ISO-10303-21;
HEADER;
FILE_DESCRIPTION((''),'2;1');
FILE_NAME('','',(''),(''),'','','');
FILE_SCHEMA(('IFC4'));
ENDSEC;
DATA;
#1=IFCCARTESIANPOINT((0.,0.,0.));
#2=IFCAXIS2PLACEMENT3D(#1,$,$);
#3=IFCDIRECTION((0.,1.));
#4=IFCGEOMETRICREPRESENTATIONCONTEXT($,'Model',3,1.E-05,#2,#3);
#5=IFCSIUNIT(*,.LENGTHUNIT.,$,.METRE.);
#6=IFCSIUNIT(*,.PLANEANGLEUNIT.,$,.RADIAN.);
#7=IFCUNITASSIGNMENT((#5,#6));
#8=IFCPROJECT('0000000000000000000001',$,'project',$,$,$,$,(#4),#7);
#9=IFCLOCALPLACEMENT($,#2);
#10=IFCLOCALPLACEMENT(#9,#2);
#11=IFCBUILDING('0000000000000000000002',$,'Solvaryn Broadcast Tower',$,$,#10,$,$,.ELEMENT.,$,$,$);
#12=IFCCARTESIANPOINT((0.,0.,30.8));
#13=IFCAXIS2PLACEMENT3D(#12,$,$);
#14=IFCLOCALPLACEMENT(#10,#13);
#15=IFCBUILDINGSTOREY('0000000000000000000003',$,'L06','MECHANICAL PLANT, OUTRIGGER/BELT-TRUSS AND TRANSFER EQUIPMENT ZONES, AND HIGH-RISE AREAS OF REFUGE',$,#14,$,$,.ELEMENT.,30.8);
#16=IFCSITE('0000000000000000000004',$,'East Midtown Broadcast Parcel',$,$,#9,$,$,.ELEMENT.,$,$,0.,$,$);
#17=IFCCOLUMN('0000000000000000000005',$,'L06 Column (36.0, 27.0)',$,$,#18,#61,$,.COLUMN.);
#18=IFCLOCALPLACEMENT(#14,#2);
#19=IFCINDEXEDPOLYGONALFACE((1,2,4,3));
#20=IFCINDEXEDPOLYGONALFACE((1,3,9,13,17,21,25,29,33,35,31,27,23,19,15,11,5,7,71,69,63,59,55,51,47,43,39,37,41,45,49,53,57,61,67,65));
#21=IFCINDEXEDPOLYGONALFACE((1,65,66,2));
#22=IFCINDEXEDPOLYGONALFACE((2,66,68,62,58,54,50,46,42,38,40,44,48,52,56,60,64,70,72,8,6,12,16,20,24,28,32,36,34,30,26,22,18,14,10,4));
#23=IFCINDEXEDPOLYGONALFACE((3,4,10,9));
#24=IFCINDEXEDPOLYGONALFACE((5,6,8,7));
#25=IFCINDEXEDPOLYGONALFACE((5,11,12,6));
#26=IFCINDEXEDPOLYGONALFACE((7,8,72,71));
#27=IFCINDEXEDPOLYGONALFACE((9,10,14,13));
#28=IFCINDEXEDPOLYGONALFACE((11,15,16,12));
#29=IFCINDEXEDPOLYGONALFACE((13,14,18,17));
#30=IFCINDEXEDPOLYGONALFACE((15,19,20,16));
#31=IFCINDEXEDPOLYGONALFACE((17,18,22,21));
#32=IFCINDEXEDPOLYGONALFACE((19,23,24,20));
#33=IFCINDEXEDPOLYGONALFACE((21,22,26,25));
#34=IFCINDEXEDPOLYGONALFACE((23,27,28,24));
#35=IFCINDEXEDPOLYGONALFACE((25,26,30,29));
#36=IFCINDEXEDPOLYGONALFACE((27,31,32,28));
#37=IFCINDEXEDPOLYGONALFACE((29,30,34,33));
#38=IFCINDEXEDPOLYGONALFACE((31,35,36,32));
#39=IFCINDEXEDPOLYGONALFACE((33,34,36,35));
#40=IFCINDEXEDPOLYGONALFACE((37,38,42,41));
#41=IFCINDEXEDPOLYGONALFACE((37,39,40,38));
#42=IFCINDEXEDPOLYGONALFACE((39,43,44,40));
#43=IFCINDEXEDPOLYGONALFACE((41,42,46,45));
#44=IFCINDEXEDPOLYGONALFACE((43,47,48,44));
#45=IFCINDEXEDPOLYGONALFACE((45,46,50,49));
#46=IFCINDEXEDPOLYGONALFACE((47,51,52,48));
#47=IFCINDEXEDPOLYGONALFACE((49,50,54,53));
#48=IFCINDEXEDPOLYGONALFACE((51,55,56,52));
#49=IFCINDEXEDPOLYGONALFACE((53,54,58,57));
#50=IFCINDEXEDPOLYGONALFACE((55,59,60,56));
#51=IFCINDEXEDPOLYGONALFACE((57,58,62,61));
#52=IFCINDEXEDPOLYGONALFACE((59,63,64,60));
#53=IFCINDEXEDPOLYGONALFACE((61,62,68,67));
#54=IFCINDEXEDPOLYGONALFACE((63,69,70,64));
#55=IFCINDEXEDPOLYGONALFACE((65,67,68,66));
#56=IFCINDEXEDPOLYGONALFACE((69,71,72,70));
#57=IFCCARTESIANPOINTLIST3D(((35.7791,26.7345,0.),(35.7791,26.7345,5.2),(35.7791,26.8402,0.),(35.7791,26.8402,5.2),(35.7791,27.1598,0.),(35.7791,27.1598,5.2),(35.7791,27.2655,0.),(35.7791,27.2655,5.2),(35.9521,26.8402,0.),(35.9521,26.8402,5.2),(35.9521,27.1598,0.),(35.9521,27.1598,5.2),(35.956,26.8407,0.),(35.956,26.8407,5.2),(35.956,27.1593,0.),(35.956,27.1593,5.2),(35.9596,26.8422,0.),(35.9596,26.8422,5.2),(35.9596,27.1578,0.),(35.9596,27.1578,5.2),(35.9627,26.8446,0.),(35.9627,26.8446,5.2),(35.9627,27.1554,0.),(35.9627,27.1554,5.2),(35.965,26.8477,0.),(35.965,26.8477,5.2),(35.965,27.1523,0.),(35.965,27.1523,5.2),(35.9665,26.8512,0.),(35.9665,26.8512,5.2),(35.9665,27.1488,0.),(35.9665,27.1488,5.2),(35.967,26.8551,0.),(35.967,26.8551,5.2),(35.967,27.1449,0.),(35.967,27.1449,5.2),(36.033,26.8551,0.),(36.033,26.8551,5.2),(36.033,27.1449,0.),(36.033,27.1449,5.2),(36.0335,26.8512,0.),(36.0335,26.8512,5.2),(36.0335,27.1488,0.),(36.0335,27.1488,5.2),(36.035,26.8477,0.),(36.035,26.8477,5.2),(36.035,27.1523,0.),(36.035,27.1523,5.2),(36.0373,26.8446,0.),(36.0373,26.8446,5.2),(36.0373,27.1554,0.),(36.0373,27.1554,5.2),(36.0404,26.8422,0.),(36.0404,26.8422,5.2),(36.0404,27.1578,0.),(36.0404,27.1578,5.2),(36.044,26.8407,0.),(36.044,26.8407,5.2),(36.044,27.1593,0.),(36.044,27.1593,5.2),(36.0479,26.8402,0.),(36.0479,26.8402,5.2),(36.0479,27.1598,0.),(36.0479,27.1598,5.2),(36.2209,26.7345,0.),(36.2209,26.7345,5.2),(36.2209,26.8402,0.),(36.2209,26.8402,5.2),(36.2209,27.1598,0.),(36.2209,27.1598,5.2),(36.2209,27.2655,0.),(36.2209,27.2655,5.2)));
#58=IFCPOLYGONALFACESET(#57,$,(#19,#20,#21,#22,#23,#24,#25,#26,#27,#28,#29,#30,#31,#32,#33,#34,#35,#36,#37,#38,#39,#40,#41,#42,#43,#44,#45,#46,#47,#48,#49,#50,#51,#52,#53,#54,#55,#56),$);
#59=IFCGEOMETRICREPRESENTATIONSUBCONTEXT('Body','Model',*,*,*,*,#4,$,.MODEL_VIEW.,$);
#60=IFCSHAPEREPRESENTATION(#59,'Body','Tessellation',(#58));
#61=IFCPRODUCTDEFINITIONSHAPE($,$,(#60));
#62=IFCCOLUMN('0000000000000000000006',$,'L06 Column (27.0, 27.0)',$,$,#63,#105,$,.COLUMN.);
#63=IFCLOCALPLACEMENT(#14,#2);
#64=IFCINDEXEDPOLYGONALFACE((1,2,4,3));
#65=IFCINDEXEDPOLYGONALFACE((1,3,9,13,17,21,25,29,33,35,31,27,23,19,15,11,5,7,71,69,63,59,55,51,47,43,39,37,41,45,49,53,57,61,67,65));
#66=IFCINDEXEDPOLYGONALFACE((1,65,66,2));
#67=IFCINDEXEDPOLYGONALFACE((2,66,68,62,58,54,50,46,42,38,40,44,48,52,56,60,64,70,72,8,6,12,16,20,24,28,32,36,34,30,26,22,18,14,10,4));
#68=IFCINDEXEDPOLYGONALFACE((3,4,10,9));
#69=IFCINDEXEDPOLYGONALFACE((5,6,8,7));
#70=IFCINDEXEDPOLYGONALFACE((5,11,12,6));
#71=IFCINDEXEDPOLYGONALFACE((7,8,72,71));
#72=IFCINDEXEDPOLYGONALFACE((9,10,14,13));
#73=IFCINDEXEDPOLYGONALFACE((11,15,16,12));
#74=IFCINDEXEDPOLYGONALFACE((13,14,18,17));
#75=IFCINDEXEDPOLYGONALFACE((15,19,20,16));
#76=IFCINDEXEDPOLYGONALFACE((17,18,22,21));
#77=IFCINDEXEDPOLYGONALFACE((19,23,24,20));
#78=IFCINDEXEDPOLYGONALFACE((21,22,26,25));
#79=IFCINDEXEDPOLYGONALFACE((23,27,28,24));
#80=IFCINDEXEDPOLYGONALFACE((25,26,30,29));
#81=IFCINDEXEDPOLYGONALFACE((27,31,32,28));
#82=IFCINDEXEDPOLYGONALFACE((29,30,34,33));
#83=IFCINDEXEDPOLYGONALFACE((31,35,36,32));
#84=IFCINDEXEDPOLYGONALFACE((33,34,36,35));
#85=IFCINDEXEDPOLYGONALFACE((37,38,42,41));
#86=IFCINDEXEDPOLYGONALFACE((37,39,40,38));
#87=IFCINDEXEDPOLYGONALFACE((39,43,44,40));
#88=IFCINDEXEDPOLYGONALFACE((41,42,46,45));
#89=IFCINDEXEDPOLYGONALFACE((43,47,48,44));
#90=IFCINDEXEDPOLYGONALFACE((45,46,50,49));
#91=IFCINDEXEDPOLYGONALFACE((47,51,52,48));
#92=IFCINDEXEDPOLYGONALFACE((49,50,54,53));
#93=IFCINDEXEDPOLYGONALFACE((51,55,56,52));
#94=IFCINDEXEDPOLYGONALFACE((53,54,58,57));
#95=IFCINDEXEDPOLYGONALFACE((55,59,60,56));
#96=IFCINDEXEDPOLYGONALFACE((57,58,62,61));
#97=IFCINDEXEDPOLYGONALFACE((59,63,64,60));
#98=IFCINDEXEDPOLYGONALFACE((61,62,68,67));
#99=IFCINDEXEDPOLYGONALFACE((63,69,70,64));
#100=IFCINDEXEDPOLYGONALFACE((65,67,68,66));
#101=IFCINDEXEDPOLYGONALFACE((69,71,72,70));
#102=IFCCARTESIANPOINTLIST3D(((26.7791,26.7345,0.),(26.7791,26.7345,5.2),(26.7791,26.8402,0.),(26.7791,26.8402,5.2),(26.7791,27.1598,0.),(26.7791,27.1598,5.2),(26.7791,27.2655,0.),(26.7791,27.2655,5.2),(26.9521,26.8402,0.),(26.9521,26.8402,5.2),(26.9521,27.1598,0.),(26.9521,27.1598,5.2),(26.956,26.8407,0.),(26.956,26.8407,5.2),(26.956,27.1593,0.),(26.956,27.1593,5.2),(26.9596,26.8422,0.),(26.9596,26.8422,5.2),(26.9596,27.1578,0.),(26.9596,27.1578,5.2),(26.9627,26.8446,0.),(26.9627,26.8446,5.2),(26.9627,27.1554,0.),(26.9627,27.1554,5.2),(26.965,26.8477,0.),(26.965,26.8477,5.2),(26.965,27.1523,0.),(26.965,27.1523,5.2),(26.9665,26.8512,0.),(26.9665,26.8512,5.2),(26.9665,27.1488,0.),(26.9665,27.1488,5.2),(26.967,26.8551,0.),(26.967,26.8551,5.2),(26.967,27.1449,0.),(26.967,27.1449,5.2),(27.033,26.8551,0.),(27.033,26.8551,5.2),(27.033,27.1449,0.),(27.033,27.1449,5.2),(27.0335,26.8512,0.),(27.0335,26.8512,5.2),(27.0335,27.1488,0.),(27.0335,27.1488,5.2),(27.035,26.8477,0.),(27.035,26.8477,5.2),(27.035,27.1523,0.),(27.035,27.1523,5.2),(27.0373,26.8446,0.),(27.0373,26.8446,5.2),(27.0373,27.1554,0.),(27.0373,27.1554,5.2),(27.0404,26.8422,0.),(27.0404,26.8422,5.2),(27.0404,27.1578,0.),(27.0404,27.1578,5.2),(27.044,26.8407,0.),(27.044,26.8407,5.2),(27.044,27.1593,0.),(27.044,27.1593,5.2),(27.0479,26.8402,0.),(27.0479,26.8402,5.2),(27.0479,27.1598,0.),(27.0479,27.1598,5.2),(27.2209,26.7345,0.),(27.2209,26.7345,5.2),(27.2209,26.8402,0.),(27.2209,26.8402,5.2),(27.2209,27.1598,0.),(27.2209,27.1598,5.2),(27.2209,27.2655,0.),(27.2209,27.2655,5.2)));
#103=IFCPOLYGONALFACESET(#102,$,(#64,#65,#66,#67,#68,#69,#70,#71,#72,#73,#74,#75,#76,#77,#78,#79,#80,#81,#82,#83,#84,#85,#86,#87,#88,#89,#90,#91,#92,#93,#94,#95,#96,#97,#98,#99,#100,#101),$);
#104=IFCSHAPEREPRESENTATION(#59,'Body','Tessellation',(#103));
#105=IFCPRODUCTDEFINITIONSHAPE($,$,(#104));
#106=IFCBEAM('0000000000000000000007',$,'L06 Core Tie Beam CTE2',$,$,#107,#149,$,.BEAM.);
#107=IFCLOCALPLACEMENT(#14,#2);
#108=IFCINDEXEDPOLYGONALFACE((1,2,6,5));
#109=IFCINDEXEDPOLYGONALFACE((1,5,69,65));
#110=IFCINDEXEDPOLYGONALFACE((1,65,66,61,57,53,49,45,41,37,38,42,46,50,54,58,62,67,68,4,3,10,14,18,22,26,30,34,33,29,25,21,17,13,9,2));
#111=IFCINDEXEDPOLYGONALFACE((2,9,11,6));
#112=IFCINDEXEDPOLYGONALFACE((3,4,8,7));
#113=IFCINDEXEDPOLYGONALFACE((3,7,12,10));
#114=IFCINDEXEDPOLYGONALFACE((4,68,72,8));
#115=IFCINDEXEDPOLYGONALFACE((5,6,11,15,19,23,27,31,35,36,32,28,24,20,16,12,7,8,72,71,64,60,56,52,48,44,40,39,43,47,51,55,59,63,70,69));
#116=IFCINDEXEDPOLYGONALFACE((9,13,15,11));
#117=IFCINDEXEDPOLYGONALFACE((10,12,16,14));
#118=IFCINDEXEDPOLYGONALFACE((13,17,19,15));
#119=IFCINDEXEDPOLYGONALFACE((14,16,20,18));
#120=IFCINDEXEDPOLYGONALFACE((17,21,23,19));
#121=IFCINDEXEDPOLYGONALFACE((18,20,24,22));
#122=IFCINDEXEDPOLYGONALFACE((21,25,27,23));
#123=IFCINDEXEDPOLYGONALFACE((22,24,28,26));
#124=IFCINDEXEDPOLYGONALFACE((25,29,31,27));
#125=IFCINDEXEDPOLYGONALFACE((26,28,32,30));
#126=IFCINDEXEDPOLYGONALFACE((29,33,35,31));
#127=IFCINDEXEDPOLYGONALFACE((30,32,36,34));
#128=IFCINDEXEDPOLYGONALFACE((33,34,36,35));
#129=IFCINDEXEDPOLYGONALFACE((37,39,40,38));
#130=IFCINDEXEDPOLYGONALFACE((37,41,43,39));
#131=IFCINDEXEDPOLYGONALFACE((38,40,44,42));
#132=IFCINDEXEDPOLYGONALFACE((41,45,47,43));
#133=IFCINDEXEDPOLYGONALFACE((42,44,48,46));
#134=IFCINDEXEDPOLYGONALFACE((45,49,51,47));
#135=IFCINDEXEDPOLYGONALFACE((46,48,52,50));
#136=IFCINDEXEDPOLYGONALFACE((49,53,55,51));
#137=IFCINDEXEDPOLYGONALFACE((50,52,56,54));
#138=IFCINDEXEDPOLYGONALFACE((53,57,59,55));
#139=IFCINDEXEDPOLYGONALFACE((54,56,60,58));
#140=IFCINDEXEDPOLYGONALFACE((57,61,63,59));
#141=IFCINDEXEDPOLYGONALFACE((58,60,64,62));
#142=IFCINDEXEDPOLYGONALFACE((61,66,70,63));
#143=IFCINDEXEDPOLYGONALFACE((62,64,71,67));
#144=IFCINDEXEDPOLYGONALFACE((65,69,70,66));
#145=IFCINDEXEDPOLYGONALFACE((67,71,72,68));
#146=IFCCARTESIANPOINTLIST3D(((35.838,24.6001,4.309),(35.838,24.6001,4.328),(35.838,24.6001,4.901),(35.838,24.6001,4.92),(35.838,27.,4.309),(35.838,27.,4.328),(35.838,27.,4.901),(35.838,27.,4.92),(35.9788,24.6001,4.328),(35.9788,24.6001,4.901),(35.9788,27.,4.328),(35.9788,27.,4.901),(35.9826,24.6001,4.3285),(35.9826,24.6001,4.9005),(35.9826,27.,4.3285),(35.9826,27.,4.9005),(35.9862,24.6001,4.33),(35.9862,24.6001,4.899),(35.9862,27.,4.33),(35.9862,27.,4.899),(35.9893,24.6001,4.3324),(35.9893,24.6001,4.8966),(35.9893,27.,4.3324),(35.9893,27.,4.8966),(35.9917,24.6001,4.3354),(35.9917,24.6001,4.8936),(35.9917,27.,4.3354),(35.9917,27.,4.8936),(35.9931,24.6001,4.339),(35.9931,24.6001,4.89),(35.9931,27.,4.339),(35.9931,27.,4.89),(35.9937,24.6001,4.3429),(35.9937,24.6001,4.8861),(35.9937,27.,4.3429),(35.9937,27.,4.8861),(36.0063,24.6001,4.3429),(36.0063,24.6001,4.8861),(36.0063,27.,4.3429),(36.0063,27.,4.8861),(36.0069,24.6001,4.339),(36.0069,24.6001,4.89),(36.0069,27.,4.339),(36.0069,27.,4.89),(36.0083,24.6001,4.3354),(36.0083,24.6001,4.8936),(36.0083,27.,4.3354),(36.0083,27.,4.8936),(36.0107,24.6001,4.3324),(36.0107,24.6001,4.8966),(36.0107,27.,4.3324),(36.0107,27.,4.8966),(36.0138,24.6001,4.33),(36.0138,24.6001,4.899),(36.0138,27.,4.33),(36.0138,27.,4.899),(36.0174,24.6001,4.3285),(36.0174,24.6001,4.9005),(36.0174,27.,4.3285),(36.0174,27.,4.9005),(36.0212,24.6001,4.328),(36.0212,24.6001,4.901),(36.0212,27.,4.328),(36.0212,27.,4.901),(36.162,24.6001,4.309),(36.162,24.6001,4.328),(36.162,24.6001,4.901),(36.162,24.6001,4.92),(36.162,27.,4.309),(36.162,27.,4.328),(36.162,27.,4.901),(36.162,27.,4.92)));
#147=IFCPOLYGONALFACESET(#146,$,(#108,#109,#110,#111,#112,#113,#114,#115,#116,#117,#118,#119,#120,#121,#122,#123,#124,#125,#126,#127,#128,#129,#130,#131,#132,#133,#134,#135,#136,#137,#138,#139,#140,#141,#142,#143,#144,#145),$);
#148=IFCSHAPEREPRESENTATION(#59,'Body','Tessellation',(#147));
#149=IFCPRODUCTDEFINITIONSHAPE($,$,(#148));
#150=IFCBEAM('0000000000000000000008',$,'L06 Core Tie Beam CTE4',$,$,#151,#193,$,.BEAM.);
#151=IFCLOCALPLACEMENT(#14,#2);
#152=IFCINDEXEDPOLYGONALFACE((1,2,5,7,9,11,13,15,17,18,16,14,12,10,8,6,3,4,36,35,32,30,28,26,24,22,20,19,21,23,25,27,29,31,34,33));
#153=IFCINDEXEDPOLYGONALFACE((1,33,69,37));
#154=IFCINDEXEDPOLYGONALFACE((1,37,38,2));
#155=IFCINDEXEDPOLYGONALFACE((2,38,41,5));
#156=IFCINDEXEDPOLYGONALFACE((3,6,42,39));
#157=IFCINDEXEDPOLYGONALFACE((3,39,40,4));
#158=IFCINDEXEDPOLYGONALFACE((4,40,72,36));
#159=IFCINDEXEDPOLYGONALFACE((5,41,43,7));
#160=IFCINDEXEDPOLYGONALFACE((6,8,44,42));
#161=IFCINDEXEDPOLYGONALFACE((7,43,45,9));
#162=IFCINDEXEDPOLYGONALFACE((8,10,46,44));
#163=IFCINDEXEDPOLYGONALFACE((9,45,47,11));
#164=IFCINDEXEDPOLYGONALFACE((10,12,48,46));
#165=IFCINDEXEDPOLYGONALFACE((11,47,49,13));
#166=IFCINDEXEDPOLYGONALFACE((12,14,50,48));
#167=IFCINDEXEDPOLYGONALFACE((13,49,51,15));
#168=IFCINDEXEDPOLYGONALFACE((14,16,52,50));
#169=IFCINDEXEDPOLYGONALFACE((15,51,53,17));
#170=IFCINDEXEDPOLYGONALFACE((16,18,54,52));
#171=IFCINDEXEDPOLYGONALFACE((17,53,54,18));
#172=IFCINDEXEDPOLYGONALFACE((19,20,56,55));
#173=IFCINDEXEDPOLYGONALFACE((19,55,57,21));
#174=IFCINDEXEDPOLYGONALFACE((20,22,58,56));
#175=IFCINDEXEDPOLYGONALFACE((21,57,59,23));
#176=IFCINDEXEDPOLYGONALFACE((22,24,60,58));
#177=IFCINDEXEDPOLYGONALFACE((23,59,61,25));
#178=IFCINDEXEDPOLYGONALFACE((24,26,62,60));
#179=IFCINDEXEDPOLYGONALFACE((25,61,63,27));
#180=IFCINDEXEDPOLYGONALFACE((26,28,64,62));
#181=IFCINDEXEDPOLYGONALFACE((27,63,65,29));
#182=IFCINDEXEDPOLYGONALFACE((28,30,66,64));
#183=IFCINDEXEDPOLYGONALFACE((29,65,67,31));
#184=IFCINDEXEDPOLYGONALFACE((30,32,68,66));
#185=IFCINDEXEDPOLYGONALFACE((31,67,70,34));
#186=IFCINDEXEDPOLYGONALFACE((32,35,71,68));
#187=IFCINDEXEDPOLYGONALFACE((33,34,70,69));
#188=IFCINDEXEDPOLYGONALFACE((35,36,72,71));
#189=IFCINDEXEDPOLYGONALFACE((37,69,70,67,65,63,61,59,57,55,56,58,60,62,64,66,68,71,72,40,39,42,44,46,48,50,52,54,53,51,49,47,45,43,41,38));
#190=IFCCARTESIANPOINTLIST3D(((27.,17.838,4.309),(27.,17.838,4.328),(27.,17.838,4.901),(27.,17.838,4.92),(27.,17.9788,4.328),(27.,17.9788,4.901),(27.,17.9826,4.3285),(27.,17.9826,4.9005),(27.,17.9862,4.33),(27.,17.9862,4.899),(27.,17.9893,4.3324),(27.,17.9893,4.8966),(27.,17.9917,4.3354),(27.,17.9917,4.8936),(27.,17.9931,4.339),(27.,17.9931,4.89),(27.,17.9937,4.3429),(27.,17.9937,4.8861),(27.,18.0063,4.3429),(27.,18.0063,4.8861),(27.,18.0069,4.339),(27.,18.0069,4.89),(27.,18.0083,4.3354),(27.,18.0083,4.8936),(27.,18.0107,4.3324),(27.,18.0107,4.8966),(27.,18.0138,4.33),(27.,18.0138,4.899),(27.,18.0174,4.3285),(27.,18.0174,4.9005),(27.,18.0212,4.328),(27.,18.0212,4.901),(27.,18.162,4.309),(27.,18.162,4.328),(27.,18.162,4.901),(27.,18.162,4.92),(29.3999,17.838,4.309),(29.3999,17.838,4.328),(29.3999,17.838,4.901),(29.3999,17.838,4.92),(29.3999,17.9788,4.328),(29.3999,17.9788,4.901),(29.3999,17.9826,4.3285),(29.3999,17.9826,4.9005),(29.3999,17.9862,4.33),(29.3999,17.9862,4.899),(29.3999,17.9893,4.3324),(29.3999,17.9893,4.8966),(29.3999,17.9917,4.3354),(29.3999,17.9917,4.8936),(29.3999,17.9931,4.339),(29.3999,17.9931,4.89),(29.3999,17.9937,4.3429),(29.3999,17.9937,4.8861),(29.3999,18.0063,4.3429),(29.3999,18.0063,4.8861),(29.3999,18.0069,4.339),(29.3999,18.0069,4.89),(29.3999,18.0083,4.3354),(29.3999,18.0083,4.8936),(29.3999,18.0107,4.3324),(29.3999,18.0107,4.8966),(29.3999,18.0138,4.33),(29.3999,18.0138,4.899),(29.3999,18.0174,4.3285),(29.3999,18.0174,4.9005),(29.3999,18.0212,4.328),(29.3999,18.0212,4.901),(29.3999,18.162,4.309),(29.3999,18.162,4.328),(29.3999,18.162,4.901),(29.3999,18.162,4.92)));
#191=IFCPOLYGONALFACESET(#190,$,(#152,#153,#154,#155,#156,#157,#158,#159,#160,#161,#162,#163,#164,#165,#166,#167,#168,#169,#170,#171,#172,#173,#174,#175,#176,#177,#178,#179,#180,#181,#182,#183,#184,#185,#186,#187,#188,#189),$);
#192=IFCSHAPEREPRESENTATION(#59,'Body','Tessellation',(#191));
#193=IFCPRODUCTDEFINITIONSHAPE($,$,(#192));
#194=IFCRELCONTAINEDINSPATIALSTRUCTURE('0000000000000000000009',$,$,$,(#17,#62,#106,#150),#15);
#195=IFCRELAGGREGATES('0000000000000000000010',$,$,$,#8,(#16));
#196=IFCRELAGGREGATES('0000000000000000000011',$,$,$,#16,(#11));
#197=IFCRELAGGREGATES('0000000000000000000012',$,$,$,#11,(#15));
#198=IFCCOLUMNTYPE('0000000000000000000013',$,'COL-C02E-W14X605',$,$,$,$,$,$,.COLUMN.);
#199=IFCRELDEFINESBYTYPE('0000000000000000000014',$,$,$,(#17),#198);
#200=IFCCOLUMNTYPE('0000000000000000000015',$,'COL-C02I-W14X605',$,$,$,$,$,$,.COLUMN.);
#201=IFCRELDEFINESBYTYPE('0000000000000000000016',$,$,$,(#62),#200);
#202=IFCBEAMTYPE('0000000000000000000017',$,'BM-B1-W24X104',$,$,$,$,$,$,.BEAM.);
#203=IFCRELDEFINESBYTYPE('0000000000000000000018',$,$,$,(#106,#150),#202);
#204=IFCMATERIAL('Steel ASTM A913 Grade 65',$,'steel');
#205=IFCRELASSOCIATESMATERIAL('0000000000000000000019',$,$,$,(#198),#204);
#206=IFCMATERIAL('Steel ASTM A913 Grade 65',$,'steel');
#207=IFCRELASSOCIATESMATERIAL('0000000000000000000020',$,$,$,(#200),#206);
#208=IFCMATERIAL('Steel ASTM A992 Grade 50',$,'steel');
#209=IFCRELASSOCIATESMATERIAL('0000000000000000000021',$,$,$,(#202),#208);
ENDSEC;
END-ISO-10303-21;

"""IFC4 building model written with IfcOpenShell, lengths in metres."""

from ifc_helpers import new_model, si_unit, direction, frame, origin, origin_2d, place, context, subcontext, project, spatial, i_section, extrude, material, material_profile, profile_set, type_object, element, save


model = new_model("IFC4")

# Units and contexts
model_context = context("Model", 3, precision=1e-05, world=origin(), true_north=direction((0.0, 1.0)))
body_context = subcontext(model_context, "Body", "Model", "MODEL_VIEW")
ifc_project = project(units=[si_unit("LENGTHUNIT", "METRE"), si_unit("PLANEANGLEUNIT", "RADIAN")], contexts=[model_context])

# Site, building, storey
site_placement = place(None, origin())
site = spatial("IfcSite", under=ifc_project, at=site_placement, Name="East Midtown Broadcast Parcel", CompositionType="ELEMENT", RefElevation=0.0)
building_placement = place(site_placement, origin())
building = spatial("IfcBuilding", under=site, at=building_placement, Name="Solvaryn Broadcast Tower", CompositionType="ELEMENT")
storey_placement = place(building_placement, frame((0.0, 0.0, 30.8)))
storey = spatial("IfcBuildingStorey", under=building, at=storey_placement, Name="L06", Description="MECHANICAL PLANT, OUTRIGGER/BELT-TRUSS AND TRANSFER EQUIPMENT ZONES, AND HIGH-RISE AREAS OF REFUGE", CompositionType="ELEMENT", Elevation=30.8)

# Columns
ifc_material_1 = material(Name="Steel ASTM A913 Grade 65", Category="steel")
ifc_material_profile_1 = material_profile(ifc_material_1, i_section(OverallWidth=0.4419, OverallDepth=0.531, WebThickness=0.0659, FlangeThickness=0.1057, FilletRadius=0.0149, at=origin_2d()))
ifc_profile_set_1 = profile_set([ifc_material_profile_1], Name="Steel ASTM A913 Grade 65")
column_type_1 = type_object("IfcColumnType", Name="COL-C02E-W14X605", PredefinedType="COLUMN", material=ifc_profile_set_1)
column_1_placement = place(storey_placement, frame((36.0, 27.0, 0.0), z_axis=(0.0, 0.0, 1.0), x_axis=(1.0, 0.0, 0.0)))
element("IfcColumn", 1, at=column_1_placement, inside=storey, type_object=column_type_1, Name="L06 Column (36.0, 27.0)", PredefinedType="COLUMN", context=body_context, shape_type="SweptSolid", body=[
    extrude(i_section(OverallWidth=0.4419, OverallDepth=0.531, WebThickness=0.0659, FlangeThickness=0.1057, FilletRadius=0.0149, at=origin_2d()), origin(), (0.0, 0.0, 1.0), 5.2),
])
ifc_material_2 = material(Name="Steel ASTM A913 Grade 65", Category="steel")
ifc_material_profile_2 = material_profile(ifc_material_2, i_section(OverallWidth=0.4419, OverallDepth=0.531, WebThickness=0.0659, FlangeThickness=0.1057, FilletRadius=0.0149, at=origin_2d()))
ifc_profile_set_2 = profile_set([ifc_material_profile_2], Name="Steel ASTM A913 Grade 65")
column_type_2 = type_object("IfcColumnType", Name="COL-C02I-W14X605", PredefinedType="COLUMN", material=ifc_profile_set_2)
column_2_placement = place(storey_placement, frame((27.0, 27.0, 0.0), z_axis=(0.0, 0.0, 1.0), x_axis=(1.0, 0.0, 0.0)))
element("IfcColumn", 2, at=column_2_placement, inside=storey, type_object=column_type_2, Name="L06 Column (27.0, 27.0)", PredefinedType="COLUMN", context=body_context, shape_type="SweptSolid", body=[
    extrude(i_section(OverallWidth=0.4419, OverallDepth=0.531, WebThickness=0.0659, FlangeThickness=0.1057, FilletRadius=0.0149, at=origin_2d()), origin(), (0.0, 0.0, 1.0), 5.2),
])

# Beams
ifc_material_3 = material(Name="Steel ASTM A992 Grade 50", Category="steel")
ifc_material_profile_3 = material_profile(ifc_material_3, i_section(OverallWidth=0.324, OverallDepth=0.6111, WebThickness=0.0127, FlangeThickness=0.019, FilletRadius=0.0149, at=origin_2d()))
ifc_profile_set_3 = profile_set([ifc_material_profile_3], Name="Steel ASTM A992 Grade 50")
beam_type_1 = type_object("IfcBeamType", Name="BM-B1-W24X104", PredefinedType="BEAM", material=ifc_profile_set_3)
for number, where, z_axis, x_axis, name in (
    (3, (36.0, 24.6001, 4.6145), (0.0, 1.0, 0.0), (-1.0, 0.0, 0.0), "L06 Core Tie Beam CTE2"),
    (4, (27.0, 18.0, 4.6145), (1.0, 0.0, 0.0), (0.0, 1.0, 0.0), "L06 Core Tie Beam CTE4"),
):
    element("IfcBeam", number, at=place(storey_placement, frame(where, z_axis=z_axis, x_axis=x_axis)), inside=storey, type_object=beam_type_1, Name=name, PredefinedType="BEAM", context=body_context, shape_type="SweptSolid", body=[
        extrude(i_section(OverallWidth=0.324, OverallDepth=0.6111, WebThickness=0.0127, FlangeThickness=0.019, FilletRadius=0.0149, at=origin_2d()), origin(), (0.0, 0.0, 1.0), 2.3999),
    ])

save(model, "model.ifc")
